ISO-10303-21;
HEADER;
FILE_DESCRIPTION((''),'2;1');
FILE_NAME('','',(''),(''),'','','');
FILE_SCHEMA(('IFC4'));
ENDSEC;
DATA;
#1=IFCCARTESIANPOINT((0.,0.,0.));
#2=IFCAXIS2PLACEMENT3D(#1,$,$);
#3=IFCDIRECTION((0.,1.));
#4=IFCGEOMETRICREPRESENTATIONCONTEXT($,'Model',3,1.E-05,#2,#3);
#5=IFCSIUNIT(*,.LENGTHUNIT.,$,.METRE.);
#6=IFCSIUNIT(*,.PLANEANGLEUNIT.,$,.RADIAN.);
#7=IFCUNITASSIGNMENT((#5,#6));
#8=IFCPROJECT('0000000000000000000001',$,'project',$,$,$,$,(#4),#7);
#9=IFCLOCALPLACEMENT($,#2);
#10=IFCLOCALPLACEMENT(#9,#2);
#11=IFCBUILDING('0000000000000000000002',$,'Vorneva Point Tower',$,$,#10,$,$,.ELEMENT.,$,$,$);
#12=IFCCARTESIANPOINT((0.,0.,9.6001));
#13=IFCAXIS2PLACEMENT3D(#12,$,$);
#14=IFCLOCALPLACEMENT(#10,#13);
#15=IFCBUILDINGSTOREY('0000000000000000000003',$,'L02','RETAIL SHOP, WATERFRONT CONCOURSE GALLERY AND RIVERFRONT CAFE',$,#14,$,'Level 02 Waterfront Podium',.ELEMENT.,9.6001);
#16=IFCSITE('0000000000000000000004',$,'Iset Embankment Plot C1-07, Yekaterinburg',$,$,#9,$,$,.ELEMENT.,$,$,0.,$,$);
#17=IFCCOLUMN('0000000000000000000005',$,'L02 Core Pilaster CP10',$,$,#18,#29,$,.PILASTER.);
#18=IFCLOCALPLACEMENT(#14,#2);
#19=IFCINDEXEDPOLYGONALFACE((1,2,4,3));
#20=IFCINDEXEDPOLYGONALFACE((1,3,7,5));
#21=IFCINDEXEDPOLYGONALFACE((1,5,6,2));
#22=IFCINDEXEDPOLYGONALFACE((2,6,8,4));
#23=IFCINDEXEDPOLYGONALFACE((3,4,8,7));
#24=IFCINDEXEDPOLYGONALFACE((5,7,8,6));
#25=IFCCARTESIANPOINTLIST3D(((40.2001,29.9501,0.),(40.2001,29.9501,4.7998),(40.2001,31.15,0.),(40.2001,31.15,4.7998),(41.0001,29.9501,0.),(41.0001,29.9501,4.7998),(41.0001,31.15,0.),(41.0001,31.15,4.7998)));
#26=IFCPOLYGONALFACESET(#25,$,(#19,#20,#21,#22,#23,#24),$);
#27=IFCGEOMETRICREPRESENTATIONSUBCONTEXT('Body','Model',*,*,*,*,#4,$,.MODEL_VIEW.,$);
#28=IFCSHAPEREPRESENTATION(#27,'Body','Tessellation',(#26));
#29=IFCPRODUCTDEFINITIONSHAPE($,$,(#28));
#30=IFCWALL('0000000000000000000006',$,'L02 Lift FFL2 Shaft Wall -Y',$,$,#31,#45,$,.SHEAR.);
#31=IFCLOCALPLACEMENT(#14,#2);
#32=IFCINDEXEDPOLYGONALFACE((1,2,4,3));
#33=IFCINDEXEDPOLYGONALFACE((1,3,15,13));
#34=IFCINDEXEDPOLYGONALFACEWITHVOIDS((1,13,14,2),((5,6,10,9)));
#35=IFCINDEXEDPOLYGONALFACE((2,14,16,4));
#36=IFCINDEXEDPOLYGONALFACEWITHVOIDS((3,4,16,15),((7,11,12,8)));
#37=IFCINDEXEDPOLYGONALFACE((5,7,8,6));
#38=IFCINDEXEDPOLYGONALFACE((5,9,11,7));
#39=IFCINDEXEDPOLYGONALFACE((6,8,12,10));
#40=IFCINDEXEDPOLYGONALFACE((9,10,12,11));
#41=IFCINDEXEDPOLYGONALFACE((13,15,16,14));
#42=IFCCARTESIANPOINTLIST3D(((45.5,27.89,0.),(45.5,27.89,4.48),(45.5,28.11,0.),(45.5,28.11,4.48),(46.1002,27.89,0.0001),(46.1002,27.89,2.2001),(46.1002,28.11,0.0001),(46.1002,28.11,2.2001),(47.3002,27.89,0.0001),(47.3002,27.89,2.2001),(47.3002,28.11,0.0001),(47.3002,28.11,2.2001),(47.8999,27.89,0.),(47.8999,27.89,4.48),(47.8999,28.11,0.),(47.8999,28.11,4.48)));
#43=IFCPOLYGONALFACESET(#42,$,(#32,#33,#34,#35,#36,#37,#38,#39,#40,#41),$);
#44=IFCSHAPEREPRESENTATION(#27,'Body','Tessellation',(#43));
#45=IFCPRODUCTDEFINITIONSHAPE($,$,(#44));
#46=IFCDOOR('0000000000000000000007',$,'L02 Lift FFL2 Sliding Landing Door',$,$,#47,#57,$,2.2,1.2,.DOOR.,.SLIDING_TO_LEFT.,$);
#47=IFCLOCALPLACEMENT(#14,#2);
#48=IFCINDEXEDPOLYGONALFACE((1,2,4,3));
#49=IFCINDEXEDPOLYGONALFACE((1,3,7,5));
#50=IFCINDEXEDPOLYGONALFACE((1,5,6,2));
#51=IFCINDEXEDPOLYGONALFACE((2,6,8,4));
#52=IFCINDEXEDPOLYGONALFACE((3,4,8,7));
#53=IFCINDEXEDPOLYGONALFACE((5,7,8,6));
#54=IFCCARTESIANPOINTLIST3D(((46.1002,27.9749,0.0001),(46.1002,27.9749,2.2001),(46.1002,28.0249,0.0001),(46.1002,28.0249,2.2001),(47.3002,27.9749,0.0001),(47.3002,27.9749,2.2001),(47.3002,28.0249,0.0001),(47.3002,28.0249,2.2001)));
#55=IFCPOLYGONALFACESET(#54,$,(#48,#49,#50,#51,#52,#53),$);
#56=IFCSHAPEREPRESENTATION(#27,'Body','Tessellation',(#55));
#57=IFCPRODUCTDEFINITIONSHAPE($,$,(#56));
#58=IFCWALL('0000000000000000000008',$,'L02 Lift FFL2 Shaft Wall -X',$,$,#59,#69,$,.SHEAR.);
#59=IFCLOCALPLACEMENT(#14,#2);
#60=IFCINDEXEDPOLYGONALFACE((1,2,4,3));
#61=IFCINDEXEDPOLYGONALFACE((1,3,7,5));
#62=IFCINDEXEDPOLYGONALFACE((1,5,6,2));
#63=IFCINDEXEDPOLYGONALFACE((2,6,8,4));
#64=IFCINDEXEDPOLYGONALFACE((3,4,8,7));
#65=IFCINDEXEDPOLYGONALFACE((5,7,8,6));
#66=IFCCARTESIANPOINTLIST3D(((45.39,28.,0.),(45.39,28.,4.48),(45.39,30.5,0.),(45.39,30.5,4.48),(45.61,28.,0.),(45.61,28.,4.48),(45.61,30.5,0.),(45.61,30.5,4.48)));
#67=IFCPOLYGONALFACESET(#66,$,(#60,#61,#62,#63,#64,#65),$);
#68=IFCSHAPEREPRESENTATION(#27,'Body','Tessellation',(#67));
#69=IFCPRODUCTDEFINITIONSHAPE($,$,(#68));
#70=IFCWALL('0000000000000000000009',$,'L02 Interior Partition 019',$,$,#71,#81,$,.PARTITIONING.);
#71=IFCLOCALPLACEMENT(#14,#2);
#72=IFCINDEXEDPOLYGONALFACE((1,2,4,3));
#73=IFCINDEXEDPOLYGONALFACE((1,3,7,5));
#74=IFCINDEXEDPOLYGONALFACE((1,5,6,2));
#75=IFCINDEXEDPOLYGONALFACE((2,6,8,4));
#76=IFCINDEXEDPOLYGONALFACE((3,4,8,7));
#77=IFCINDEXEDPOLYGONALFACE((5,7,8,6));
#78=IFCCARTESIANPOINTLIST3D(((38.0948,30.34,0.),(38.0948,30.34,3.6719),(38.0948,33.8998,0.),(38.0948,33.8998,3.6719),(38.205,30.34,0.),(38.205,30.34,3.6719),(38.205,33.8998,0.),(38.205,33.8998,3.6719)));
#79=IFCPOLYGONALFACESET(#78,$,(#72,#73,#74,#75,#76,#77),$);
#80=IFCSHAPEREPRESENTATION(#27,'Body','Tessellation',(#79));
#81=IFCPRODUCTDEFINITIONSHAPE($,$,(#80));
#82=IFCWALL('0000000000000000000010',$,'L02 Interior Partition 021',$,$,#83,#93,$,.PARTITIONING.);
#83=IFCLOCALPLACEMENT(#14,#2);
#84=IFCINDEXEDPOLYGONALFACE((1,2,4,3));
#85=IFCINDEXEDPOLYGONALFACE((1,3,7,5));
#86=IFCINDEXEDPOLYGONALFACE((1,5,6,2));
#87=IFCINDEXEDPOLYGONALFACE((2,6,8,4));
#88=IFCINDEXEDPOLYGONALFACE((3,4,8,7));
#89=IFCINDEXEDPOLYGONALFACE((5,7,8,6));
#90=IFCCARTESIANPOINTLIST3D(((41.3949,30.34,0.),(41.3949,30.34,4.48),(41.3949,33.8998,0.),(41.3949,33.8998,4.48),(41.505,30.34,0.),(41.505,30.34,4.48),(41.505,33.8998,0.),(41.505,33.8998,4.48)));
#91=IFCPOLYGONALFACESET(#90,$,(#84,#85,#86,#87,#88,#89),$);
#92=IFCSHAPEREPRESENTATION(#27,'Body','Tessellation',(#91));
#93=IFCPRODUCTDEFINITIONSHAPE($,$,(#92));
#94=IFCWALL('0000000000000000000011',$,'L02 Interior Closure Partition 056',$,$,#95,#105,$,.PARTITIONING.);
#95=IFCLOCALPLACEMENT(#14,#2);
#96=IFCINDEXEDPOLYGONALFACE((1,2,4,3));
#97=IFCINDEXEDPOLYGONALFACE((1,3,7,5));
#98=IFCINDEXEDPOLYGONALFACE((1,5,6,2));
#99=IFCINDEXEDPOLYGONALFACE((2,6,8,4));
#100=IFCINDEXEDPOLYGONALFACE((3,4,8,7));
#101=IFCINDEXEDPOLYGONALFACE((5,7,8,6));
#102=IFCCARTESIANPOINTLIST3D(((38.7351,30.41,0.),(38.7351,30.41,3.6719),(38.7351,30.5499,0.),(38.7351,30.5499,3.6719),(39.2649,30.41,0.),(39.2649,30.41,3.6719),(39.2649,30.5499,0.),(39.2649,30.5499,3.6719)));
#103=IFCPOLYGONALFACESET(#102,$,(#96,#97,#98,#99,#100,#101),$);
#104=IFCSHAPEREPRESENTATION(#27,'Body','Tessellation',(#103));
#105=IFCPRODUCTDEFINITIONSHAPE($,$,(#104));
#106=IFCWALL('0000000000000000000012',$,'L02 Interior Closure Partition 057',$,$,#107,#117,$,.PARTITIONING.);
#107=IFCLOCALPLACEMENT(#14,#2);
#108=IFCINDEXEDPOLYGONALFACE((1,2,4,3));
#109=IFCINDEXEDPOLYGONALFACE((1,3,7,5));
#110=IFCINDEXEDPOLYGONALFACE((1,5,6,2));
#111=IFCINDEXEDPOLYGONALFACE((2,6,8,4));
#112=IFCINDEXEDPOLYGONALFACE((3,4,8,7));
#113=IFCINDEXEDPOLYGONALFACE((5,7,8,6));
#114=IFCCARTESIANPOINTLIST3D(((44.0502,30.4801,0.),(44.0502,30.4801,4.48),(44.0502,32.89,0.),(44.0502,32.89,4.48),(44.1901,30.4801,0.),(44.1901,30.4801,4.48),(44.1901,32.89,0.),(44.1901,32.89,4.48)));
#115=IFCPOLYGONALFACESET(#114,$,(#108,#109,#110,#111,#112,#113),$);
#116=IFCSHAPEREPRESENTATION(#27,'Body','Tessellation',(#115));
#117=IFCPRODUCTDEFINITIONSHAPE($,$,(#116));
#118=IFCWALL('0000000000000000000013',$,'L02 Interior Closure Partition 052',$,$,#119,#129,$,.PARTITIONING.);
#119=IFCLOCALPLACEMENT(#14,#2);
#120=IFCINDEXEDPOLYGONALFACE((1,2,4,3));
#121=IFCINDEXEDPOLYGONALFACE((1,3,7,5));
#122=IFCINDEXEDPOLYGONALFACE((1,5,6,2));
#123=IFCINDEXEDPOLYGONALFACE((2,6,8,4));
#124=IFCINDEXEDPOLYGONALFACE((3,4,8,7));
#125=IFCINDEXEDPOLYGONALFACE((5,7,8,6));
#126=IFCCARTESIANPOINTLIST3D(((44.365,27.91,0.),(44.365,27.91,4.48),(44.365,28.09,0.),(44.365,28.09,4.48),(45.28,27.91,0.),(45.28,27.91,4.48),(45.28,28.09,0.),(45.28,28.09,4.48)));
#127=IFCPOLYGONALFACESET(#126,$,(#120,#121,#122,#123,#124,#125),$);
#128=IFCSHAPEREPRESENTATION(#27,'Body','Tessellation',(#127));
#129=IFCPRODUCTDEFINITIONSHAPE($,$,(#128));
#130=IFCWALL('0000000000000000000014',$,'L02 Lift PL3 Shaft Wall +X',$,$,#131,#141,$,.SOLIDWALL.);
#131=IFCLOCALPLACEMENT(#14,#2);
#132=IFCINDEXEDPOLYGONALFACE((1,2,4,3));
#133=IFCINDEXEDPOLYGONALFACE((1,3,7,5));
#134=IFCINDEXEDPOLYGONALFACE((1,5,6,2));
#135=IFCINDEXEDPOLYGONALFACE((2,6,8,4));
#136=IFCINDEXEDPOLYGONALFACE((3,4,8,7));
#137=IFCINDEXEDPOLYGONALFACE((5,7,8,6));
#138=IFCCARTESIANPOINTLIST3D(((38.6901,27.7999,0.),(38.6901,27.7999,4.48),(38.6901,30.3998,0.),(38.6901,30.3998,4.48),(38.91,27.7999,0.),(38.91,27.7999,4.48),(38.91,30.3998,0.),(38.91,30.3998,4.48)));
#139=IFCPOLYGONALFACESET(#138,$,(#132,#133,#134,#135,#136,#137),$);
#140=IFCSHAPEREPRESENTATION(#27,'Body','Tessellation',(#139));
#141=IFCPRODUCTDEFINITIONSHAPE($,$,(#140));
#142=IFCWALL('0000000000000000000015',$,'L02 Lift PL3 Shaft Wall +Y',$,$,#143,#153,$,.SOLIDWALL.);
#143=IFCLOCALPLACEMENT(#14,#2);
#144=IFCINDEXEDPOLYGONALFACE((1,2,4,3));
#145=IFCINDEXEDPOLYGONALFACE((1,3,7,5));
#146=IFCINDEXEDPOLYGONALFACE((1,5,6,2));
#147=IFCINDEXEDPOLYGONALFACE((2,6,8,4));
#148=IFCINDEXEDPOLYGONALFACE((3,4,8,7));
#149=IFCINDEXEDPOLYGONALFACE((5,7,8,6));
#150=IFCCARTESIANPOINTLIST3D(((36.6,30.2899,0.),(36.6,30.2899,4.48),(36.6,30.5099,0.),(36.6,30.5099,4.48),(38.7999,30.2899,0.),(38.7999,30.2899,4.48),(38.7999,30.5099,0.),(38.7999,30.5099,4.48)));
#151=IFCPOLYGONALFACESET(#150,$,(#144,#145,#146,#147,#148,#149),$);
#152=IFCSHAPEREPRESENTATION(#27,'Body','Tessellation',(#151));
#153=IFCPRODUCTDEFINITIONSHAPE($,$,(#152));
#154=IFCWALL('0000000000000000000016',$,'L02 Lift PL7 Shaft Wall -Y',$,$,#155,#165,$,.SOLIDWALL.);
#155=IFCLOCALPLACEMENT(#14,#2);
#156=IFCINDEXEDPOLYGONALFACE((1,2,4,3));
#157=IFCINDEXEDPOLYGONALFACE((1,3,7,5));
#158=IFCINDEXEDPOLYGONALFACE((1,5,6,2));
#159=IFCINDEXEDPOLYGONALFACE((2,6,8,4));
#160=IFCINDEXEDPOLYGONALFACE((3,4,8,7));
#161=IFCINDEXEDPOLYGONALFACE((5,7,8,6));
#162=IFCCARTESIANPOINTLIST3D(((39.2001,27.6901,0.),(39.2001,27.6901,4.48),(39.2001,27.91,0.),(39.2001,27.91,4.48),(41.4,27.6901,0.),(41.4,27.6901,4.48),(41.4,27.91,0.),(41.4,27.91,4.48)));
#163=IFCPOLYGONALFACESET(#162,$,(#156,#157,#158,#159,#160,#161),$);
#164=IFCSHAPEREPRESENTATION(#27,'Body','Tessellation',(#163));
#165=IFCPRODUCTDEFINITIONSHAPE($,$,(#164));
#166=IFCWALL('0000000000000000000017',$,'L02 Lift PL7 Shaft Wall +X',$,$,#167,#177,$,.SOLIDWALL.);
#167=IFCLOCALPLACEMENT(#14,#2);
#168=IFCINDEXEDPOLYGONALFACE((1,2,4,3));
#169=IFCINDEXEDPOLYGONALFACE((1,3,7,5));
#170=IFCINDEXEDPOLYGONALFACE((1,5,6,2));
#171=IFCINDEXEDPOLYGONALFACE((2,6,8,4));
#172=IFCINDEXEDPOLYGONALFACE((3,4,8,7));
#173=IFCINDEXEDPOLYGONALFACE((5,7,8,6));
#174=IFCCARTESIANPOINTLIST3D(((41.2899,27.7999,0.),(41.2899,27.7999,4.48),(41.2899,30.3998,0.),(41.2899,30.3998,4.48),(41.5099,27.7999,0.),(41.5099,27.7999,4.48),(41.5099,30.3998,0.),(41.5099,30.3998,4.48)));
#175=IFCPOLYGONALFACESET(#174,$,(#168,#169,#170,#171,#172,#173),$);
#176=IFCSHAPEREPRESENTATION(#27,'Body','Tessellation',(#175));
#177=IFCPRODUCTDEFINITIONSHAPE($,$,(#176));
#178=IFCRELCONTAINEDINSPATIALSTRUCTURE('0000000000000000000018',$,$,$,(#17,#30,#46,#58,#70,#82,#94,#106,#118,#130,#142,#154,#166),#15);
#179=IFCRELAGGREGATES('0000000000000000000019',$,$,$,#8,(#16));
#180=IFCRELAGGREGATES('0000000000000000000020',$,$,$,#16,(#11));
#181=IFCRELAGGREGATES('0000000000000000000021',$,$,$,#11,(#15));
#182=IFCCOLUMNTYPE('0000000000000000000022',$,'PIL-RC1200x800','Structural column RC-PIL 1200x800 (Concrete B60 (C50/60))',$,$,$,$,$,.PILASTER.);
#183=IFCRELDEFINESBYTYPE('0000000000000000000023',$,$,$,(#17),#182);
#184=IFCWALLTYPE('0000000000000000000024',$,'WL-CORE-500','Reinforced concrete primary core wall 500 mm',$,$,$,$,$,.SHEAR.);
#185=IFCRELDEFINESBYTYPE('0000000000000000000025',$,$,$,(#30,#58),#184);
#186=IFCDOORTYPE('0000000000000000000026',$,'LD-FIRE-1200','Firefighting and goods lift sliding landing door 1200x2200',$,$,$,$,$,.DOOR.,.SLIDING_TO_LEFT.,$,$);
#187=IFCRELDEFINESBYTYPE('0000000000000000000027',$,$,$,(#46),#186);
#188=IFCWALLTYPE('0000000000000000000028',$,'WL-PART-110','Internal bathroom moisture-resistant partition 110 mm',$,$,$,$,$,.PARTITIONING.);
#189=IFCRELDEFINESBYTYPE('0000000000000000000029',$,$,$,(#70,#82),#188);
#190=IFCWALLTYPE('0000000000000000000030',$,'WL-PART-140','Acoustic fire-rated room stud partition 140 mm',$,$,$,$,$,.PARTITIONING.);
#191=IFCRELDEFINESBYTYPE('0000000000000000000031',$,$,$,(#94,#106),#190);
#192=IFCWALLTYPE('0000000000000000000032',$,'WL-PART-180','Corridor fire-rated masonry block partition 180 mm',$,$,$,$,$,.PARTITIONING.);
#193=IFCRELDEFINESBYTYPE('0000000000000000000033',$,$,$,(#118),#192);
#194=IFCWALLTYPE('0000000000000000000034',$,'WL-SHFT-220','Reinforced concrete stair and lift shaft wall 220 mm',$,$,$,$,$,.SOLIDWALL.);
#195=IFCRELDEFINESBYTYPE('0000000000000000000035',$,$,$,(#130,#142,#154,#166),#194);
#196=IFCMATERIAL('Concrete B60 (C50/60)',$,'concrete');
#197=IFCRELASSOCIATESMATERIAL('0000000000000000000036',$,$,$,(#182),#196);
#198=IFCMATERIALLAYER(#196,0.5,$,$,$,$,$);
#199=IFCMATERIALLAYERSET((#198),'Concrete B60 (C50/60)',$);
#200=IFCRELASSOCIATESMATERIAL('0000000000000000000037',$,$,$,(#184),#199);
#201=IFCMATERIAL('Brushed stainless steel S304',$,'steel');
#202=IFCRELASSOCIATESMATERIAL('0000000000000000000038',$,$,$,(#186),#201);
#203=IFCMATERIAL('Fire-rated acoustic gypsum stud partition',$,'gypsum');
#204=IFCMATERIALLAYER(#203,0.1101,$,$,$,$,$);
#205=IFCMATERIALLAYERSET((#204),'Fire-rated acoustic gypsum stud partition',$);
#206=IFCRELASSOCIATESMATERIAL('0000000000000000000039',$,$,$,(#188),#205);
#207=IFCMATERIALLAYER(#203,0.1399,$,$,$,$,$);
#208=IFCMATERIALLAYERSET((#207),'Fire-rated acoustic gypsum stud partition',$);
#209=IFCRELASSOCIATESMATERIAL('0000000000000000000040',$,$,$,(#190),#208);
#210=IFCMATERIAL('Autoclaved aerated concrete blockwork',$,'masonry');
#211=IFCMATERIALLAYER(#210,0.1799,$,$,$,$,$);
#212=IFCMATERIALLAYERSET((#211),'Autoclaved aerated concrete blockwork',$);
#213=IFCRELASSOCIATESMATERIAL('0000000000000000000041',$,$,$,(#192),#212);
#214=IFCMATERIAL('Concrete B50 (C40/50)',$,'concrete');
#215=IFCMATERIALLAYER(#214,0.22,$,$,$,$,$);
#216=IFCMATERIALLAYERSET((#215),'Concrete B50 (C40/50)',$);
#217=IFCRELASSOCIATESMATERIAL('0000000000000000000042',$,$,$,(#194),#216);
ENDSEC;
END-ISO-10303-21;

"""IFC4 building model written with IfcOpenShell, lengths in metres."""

from ifc_helpers import new_model, si_unit, direction, frame, frame_2d, origin, origin_2d, place, context, subcontext, project, spatial, rectangle, extrude, material, layer, layer_set, material_profile, profile_set, type_object, element, fill, save


model = new_model("IFC4")

# Units and contexts
model_context = context("Model", 3, precision=1e-05, world=origin(), true_north=direction((0.0, 1.0)))
body_context = subcontext(model_context, "Body", "Model", "MODEL_VIEW")
ifc_project = project(units=[si_unit("LENGTHUNIT", "METRE"), si_unit("PLANEANGLEUNIT", "RADIAN")], contexts=[model_context])

# Site, building, storey
site_placement = place(None, origin())
site = spatial("IfcSite", under=ifc_project, at=site_placement, Name="Iset Embankment Plot C1-07, Yekaterinburg", CompositionType="ELEMENT", RefElevation=0.0)
building_placement = place(site_placement, origin())
building = spatial("IfcBuilding", under=site, at=building_placement, Name="Vorneva Point Tower", CompositionType="ELEMENT")
storey_placement = place(building_placement, frame((0.0, 0.0, 9.6001)))
storey = spatial("IfcBuildingStorey", under=building, at=storey_placement, Name="L02", Description="RETAIL SHOP, WATERFRONT CONCOURSE GALLERY AND RIVERFRONT CAFE", LongName="Level 02 Waterfront Podium", CompositionType="ELEMENT", Elevation=9.6001)

# Column
ifc_material_1 = material(Name="Concrete B60 (C50/60)", Category="concrete")
ifc_material_profile = material_profile(ifc_material_1, rectangle(XDim=0.8, YDim=1.2, at=origin_2d()), Name="RC-PIL 1200x800")
ifc_profile_set = profile_set([ifc_material_profile], Name="Concrete B60 (C50/60)")
column_type = type_object("IfcColumnType", Name="PIL-RC1200x800", Description="Structural column RC-PIL 1200x800 (Concrete B60 (C50/60))", PredefinedType="PILASTER", material=ifc_profile_set)
column_placement = place(storey_placement, frame((40.6001, 30.55, 0.0), z_axis=(0.0, 0.0, 1.0), x_axis=(1.0, 0.0, 0.0)))
element("IfcColumn", 1, at=column_placement, inside=storey, type_object=column_type, Name="L02 Core Pilaster CP10", PredefinedType="PILASTER", context=body_context, shape_type="SweptSolid", body=[
    extrude(rectangle(XDim=0.8, YDim=1.2, at=origin_2d()), origin(), (0.0, 0.0, 1.0), 4.7998),
])

# Wall, opening, door
ifc_layer_1 = layer(ifc_material_1, 0.5)
ifc_layer_set_1 = layer_set([ifc_layer_1], Name="Concrete B60 (C50/60)")
wall_type_1 = type_object("IfcWallType", Name="WL-CORE-500", Description="Reinforced concrete primary core wall 500 mm", PredefinedType="SHEAR", material=ifc_layer_set_1)
wall_1_placement = place(storey_placement, frame((45.5, 28.0, 0.0), z_axis=(0.0, 0.0, 1.0), x_axis=(1.0, 0.0, 0.0)))
wall_1 = element("IfcWall", 2, at=wall_1_placement, inside=storey, type_object=wall_type_1, Name="L02 Lift FFL2 Shaft Wall -Y", PredefinedType="SHEAR", context=body_context, shape_type="SweptSolid", body=[
    extrude(rectangle(XDim=2.3999, YDim=0.22, at=frame_2d((1.2, 0.0))), origin(), (0.0, 0.0, 1.0), 4.48),
])
opening_1_placement = place(wall_1_placement, frame((0.6001, 0.0, 0.0)))
opening_1 = element("IfcOpeningElement", 3, at=opening_1_placement, cuts=wall_1, PredefinedType="OPENING", context=body_context, shape_type="SweptSolid", body=[
    extrude(rectangle(XDim=1.2, YDim=2.2, at=frame_2d((0.6001, 1.1001))), frame((0.0, 0.125, 0.0), z_axis=(0.0, -1.0, 0.0), x_axis=(1.0, 0.0, 0.0)), (0.0, 0.0, 1.0), 0.2498),
])
ifc_material_2 = material(Name="Brushed stainless steel S304", Category="steel")
door_type_1 = type_object("IfcDoorType", Name="LD-FIRE-1200", Description="Firefighting and goods lift sliding landing door 1200x2200", OperationType="SLIDING_TO_LEFT", PredefinedType="DOOR", material=ifc_material_2)
door_1_placement = place(opening_1_placement, origin())
door_1 = element("IfcDoor", 4, at=door_1_placement, inside=storey, type_object=door_type_1, Name="L02 Lift FFL2 Sliding Landing Door", OperationType="SLIDING_TO_LEFT", OverallHeight=2.2, OverallWidth=1.2, PredefinedType="DOOR", context=body_context, shape_type="SweptSolid", body=[
    extrude(rectangle(XDim=1.2, YDim=2.2, at=frame_2d((0.6001, 1.1001))), frame((0.0, 0.0249, 0.0), z_axis=(0.0, -1.0, 0.0), x_axis=(1.0, 0.0, 0.0)), (0.0, 0.0, 1.0), 0.05),
])
fill(opening_1, door_1)

# Walls
wall_2_placement = place(storey_placement, frame((45.5, 30.5, 0.0), z_axis=(0.0, 0.0, 1.0), x_axis=(0.0, -1.0, 0.0)))
element("IfcWall", 5, at=wall_2_placement, inside=storey, type_object=wall_type_1, Name="L02 Lift FFL2 Shaft Wall -X", PredefinedType="SHEAR", context=body_context, shape_type="SweptSolid", body=[
    extrude(rectangle(XDim=2.5, YDim=0.22, at=frame_2d((1.25, 0.0))), origin(), (0.0, 0.0, 1.0), 4.48),
])
ifc_material_3 = material(Name="Fire-rated acoustic gypsum stud partition", Category="gypsum")
ifc_layer_2 = layer(ifc_material_3, 0.1101)
ifc_layer_set_2 = layer_set([ifc_layer_2], Name="Fire-rated acoustic gypsum stud partition")
wall_type_2 = type_object("IfcWallType", Name="WL-PART-110", Description="Internal bathroom moisture-resistant partition 110 mm", PredefinedType="PARTITIONING", material=ifc_layer_set_2)
wall_3_placement = place(storey_placement, frame((38.1499, 30.3401, 0.0), z_axis=(0.0, 0.0, 1.0), x_axis=(0.0, 1.0, 0.0)))
element("IfcWall", 6, at=wall_3_placement, inside=storey, type_object=wall_type_2, Name="L02 Interior Partition 019", PredefinedType="PARTITIONING", context=body_context, shape_type="SweptSolid", body=[
    extrude(rectangle(XDim=3.5598, YDim=0.1101, at=frame_2d((1.7798, 0.0))), origin(), (0.0, 0.0, 1.0), 3.6719),
])
wall_4_placement = place(storey_placement, frame((41.45, 30.3401, 0.0), z_axis=(0.0, 0.0, 1.0), x_axis=(0.0, 1.0, 0.0)))
element("IfcWall", 7, at=wall_4_placement, inside=storey, type_object=wall_type_2, Name="L02 Interior Partition 021", PredefinedType="PARTITIONING", context=body_context, shape_type="SweptSolid", body=[
    extrude(rectangle(XDim=3.5598, YDim=0.1101, at=frame_2d((1.7798, 0.0))), origin(), (0.0, 0.0, 1.0), 4.48),
])
ifc_layer_3 = layer(ifc_material_3, 0.1399)
ifc_layer_set_3 = layer_set([ifc_layer_3], Name="Fire-rated acoustic gypsum stud partition")
wall_type_3 = type_object("IfcWallType", Name="WL-PART-140", Description="Acoustic fire-rated room stud partition 140 mm", PredefinedType="PARTITIONING", material=ifc_layer_set_3)
wall_5_placement = place(storey_placement, frame((38.7351, 30.48, 0.0), z_axis=(0.0, 0.0, 1.0), x_axis=(1.0, 0.0, 0.0)))
element("IfcWall", 8, at=wall_5_placement, inside=storey, type_object=wall_type_3, Name="L02 Interior Closure Partition 056", PredefinedType="PARTITIONING", context=body_context, shape_type="SweptSolid", body=[
    extrude(rectangle(XDim=0.5298, YDim=0.1399, at=frame_2d((0.2649, 0.0))), origin(), (0.0, 0.0, 1.0), 3.6719),
])
wall_6_placement = place(storey_placement, frame((44.1201, 30.48, 0.0), z_axis=(0.0, 0.0, 1.0), x_axis=(0.0, 1.0, 0.0)))
element("IfcWall", 9, at=wall_6_placement, inside=storey, type_object=wall_type_3, Name="L02 Interior Closure Partition 057", PredefinedType="PARTITIONING", context=body_context, shape_type="SweptSolid", body=[
    extrude(rectangle(XDim=2.4099, YDim=0.1399, at=frame_2d((1.2051, 0.0))), origin(), (0.0, 0.0, 1.0), 4.48),
])

# Shared definitions
ifc_material_4 = material(Name="Autoclaved aerated concrete blockwork", Category="masonry")
ifc_layer_4 = layer(ifc_material_4, 0.1799)
ifc_layer_set_4 = layer_set([ifc_layer_4], Name="Autoclaved aerated concrete blockwork")
wall_type_4 = type_object("IfcWallType", Name="WL-PART-180", Description="Corridor fire-rated masonry block partition 180 mm", PredefinedType="PARTITIONING", material=ifc_layer_set_4)

# Walls
wall_7_placement = place(storey_placement, frame((45.28, 28.0, 0.0), z_axis=(0.0, 0.0, 1.0), x_axis=(-1.0, 0.0, 0.0)))
element("IfcWall", 10, at=wall_7_placement, inside=storey, type_object=wall_type_4, Name="L02 Interior Closure Partition 052", PredefinedType="PARTITIONING", context=body_context, shape_type="SweptSolid", body=[
    extrude(rectangle(XDim=0.915, YDim=0.1799, at=frame_2d((0.4575, 0.0))), origin(), (0.0, 0.0, 1.0), 4.48),
])
ifc_material_5 = material(Name="Concrete B50 (C40/50)", Category="concrete")
ifc_layer_5 = layer(ifc_material_5, 0.22)
ifc_layer_set_5 = layer_set([ifc_layer_5], Name="Concrete B50 (C40/50)")
wall_type_5 = type_object("IfcWallType", Name="WL-SHFT-220", Description="Reinforced concrete stair and lift shaft wall 220 mm", PredefinedType="SOLIDWALL", material=ifc_layer_set_5)
wall_8_placement = place(storey_placement, frame((38.8, 27.8, 0.0), z_axis=(0.0, 0.0, 1.0), x_axis=(0.0, 1.0, 0.0)))
element("IfcWall", 11, at=wall_8_placement, inside=storey, type_object=wall_type_5, Name="L02 Lift PL3 Shaft Wall +X", PredefinedType="SOLIDWALL", context=body_context, shape_type="SweptSolid", body=[
    extrude(rectangle(XDim=2.5999, YDim=0.22, at=frame_2d((1.2998, 0.0))), origin(), (0.0, 0.0, 1.0), 4.48),
])
for number, where, z_axis, x_axis, name in (
    (12, (38.8, 30.3999, 0.0), (0.0, 0.0, 1.0), (-1.0, 0.0, 0.0), "L02 Lift PL3 Shaft Wall +Y"),
    (13, (39.2, 27.8, 0.0), (0.0, 0.0, 1.0), (1.0, 0.0, 0.0), "L02 Lift PL7 Shaft Wall -Y"),
):
    element("IfcWall", number, at=place(storey_placement, frame(where, z_axis=z_axis, x_axis=x_axis)), inside=storey, type_object=wall_type_5, Name=name, PredefinedType="SOLIDWALL", context=body_context, shape_type="SweptSolid", body=[
        extrude(rectangle(XDim=2.2, YDim=0.22, at=frame_2d((1.1001, 0.0))), origin(), (0.0, 0.0, 1.0), 4.48),
    ])
wall_9_placement = place(storey_placement, frame((41.3999, 27.8, 0.0), z_axis=(0.0, 0.0, 1.0), x_axis=(0.0, 1.0, 0.0)))
element("IfcWall", 14, at=wall_9_placement, inside=storey, type_object=wall_type_5, Name="L02 Lift PL7 Shaft Wall +X", PredefinedType="SOLIDWALL", context=body_context, shape_type="SweptSolid", body=[
    extrude(rectangle(XDim=2.5999, YDim=0.22, at=frame_2d((1.2998, 0.0))), origin(), (0.0, 0.0, 1.0), 4.48),
])

save(model, "model.ifc")
